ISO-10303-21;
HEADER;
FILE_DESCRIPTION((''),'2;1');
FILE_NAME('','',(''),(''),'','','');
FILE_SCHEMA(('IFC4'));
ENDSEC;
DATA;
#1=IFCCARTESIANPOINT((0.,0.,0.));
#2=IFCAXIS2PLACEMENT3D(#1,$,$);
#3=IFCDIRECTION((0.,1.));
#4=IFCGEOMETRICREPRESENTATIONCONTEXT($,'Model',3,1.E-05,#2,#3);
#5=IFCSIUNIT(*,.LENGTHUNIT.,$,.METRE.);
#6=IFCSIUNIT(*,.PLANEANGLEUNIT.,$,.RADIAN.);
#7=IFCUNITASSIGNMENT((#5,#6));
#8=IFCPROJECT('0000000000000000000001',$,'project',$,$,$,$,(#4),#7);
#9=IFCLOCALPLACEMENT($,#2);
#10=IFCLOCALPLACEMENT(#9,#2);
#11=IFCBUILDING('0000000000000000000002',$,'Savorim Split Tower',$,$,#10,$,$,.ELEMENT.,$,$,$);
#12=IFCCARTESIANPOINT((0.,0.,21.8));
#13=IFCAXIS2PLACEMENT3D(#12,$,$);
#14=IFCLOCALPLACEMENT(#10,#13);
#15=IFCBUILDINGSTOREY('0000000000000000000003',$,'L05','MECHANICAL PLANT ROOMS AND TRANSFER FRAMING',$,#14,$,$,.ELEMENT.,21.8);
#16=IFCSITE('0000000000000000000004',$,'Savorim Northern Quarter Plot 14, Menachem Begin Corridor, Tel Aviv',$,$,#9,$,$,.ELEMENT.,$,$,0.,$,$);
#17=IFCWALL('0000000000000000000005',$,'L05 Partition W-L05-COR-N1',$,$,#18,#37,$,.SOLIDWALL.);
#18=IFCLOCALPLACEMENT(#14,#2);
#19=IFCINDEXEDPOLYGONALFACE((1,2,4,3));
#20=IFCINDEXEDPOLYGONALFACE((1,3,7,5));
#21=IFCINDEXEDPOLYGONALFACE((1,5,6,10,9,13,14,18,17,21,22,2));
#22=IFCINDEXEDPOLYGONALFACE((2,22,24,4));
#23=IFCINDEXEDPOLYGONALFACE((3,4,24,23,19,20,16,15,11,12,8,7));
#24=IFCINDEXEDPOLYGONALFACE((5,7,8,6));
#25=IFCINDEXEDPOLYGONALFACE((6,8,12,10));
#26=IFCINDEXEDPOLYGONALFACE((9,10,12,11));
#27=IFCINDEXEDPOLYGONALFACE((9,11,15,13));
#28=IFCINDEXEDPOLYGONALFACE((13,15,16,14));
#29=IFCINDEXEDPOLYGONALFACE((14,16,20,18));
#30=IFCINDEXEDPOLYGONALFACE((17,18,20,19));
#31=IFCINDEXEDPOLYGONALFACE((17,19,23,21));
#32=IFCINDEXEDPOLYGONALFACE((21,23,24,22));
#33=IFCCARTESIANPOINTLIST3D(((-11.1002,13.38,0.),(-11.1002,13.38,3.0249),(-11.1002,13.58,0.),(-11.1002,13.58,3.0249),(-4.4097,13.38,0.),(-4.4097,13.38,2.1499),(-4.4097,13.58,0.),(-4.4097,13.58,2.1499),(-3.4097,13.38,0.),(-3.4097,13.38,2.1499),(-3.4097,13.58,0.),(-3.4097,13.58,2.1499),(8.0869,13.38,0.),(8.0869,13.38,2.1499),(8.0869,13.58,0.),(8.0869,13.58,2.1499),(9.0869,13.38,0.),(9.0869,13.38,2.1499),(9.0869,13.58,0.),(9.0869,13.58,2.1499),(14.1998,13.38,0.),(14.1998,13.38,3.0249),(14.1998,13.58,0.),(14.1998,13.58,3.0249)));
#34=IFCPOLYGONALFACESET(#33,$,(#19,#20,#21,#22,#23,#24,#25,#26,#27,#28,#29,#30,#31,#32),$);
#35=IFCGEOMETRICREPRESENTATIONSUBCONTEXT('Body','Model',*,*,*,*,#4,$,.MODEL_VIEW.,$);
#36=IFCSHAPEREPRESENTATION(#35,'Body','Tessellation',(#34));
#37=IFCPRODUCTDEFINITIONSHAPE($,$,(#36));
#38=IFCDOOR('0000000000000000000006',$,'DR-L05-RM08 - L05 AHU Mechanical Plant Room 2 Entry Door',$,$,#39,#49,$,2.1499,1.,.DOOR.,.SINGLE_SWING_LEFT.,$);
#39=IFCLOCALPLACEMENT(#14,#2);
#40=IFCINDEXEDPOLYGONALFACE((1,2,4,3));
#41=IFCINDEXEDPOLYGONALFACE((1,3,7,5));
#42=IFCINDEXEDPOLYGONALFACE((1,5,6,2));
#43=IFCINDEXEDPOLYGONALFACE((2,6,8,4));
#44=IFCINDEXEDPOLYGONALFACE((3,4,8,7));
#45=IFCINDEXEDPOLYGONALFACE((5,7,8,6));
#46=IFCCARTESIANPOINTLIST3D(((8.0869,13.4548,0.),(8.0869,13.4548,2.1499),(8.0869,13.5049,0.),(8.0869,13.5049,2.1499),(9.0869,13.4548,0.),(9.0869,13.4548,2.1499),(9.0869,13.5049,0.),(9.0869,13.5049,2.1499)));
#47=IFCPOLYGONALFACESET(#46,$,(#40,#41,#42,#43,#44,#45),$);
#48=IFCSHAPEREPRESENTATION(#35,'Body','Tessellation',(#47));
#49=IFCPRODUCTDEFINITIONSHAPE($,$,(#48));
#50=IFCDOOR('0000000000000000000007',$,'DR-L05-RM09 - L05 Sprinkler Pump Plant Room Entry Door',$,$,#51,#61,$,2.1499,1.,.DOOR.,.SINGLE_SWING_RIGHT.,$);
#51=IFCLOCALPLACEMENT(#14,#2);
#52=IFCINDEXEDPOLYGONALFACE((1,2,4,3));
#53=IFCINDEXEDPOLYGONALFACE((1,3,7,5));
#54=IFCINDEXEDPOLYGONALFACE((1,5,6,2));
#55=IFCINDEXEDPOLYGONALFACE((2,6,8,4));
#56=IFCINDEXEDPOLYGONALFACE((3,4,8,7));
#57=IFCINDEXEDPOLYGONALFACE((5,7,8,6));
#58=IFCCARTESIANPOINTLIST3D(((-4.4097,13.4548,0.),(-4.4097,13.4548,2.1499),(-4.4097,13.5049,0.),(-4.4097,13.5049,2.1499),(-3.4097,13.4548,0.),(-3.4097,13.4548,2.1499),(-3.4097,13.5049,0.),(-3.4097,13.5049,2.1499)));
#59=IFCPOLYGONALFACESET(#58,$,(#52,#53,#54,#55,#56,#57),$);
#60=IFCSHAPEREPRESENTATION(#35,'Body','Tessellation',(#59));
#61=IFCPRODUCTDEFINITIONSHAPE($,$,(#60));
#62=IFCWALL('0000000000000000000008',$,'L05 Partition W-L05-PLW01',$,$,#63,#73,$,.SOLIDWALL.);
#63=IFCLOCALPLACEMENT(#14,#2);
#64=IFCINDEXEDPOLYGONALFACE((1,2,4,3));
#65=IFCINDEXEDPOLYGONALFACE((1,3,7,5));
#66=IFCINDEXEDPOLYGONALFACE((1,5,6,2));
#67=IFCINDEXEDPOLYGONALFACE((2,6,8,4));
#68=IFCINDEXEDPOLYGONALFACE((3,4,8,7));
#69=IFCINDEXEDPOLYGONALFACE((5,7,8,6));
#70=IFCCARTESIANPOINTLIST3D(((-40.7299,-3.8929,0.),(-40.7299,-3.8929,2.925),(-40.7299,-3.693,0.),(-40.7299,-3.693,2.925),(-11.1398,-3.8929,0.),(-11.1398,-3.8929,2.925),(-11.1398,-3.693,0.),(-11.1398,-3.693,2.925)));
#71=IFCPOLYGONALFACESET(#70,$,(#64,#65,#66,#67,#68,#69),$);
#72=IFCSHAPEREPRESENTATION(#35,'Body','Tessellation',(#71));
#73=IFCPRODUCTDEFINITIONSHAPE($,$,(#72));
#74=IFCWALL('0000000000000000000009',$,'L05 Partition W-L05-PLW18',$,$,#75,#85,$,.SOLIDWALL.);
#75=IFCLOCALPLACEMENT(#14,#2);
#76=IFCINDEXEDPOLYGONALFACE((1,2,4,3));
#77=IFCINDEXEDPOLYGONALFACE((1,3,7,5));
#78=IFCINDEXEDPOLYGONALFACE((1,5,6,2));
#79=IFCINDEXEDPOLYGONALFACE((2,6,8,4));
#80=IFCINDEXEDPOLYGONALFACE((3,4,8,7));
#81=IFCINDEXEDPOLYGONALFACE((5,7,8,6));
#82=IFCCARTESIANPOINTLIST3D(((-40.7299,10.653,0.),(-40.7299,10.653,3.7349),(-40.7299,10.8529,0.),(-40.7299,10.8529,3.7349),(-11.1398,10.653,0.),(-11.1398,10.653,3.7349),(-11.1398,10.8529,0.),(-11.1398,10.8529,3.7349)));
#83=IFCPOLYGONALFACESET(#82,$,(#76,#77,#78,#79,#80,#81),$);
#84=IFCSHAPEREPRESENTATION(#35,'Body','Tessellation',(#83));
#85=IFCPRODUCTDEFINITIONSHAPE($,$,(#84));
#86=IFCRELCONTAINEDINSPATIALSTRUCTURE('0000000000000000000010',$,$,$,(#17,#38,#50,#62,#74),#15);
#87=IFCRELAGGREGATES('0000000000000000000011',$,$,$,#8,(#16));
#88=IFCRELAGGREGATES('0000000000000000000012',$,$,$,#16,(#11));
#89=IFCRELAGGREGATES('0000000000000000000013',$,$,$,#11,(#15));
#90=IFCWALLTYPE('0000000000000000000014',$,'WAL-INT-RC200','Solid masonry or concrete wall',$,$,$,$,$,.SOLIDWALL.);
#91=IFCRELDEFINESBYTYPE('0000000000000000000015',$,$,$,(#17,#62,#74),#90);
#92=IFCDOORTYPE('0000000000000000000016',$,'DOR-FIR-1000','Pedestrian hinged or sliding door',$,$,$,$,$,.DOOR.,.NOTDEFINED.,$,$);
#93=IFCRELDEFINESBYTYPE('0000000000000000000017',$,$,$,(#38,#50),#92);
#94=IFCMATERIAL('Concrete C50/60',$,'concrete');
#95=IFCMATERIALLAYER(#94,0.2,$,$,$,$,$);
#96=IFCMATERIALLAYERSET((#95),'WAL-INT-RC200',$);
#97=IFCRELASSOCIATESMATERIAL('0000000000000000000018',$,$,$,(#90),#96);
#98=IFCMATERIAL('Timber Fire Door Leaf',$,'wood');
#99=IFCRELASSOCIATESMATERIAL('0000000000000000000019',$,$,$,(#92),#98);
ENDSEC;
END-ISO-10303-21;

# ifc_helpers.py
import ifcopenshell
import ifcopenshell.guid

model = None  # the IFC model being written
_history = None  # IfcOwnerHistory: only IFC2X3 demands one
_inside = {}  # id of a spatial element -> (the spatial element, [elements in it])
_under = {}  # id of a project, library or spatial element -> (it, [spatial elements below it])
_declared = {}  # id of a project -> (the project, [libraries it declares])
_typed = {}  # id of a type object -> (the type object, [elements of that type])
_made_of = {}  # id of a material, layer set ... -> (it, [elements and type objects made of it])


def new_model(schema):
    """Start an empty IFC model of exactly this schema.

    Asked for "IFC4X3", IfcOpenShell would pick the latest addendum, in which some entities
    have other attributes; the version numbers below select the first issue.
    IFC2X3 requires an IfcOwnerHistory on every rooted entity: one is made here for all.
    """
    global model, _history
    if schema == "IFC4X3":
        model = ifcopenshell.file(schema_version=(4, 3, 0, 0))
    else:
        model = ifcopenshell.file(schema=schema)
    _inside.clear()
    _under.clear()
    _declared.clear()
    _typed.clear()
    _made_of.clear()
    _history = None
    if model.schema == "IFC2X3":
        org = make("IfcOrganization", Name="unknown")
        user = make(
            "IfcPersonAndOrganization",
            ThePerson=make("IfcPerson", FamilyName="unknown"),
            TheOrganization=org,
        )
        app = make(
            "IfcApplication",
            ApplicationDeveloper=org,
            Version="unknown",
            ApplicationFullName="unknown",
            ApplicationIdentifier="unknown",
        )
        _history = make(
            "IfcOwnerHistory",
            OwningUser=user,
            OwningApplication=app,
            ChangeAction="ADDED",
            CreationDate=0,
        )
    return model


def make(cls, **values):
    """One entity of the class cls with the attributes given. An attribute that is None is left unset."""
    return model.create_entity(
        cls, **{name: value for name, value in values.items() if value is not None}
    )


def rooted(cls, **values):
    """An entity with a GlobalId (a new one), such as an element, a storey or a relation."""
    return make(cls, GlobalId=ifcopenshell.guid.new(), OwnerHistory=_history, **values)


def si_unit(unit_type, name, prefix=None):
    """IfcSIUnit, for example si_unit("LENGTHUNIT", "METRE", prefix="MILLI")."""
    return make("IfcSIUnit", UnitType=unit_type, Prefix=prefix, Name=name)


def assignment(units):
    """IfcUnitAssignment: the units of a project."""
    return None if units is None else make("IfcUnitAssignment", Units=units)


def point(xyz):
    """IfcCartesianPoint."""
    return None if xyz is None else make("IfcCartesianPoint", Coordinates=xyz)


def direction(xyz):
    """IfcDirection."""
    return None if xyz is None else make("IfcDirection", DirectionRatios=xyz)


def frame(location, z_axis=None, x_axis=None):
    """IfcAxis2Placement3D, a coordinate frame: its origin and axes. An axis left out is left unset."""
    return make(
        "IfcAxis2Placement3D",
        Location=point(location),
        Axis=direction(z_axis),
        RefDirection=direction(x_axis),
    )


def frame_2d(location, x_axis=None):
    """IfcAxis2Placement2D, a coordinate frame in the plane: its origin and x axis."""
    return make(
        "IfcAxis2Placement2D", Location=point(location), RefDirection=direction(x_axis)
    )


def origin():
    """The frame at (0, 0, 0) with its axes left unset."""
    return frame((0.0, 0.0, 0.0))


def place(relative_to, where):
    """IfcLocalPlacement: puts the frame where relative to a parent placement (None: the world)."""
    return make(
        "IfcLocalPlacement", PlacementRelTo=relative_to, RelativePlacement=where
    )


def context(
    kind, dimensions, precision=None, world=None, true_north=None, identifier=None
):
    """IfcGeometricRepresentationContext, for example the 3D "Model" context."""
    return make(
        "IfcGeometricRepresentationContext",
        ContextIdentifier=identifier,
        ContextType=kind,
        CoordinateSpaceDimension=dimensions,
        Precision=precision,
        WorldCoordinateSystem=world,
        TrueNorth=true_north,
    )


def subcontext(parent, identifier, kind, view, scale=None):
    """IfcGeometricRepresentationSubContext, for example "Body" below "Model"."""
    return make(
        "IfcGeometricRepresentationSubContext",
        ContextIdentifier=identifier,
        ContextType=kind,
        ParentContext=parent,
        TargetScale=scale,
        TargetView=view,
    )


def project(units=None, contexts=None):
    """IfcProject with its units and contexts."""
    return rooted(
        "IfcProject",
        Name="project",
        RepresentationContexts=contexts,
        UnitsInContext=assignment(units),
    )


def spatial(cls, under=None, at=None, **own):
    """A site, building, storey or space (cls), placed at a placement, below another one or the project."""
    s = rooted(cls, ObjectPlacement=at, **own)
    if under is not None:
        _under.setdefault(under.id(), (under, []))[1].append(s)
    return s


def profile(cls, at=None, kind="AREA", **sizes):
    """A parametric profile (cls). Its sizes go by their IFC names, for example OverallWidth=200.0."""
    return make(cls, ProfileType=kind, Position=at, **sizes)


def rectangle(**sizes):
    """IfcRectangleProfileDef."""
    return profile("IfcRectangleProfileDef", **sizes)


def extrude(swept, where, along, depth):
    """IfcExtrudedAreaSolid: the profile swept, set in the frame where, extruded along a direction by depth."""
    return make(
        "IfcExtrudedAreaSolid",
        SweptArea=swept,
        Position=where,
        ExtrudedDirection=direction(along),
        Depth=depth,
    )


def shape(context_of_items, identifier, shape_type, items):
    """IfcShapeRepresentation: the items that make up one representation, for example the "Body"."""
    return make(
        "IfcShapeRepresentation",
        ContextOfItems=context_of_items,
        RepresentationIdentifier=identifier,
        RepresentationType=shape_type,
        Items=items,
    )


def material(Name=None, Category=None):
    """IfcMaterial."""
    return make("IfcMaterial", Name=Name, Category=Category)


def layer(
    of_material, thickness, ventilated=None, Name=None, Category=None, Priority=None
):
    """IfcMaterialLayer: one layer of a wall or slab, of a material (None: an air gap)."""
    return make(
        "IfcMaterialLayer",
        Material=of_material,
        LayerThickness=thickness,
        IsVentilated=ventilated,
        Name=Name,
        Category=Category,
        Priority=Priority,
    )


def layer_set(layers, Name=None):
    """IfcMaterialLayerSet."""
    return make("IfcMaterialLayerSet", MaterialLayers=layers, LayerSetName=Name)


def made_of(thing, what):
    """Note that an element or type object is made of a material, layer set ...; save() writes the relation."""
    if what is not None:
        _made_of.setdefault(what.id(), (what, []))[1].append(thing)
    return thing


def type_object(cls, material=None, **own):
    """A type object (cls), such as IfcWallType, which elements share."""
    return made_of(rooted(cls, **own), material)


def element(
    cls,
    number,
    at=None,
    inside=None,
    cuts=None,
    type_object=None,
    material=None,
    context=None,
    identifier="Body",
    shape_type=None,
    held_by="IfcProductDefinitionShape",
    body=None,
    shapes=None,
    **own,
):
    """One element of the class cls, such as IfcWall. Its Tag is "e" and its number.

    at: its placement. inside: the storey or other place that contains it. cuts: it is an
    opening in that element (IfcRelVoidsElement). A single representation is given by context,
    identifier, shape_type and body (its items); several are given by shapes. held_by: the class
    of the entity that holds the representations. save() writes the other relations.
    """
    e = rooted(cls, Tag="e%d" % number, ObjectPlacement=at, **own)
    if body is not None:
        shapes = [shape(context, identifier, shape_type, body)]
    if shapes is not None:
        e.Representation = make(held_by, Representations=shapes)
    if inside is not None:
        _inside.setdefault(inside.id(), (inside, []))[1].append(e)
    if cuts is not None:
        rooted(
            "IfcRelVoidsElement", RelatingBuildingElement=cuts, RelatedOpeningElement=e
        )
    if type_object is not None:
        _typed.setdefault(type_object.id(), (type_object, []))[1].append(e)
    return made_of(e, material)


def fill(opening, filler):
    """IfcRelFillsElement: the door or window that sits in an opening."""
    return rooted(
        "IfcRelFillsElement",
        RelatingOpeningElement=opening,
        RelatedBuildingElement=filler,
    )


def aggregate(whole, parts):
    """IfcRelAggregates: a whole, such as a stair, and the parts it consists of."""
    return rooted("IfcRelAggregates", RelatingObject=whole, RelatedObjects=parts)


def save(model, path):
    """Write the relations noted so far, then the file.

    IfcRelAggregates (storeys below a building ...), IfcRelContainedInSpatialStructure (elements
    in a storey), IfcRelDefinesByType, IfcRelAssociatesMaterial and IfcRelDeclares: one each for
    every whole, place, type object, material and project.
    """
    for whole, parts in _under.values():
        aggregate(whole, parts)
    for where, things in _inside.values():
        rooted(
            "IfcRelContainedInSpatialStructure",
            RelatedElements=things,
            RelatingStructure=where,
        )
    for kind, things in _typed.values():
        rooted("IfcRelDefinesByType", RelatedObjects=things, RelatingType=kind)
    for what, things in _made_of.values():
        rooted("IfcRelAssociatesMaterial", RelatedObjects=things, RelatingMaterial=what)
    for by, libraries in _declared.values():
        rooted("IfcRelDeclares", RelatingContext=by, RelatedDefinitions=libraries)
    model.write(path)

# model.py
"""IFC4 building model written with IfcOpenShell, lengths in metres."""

from ifc_helpers import new_model, si_unit, direction, frame, frame_2d, origin, place, context, subcontext, project, spatial, rectangle, extrude, material, layer, layer_set, type_object, element, fill, save


model = new_model("IFC4")

# Units and contexts
model_context = context("Model", 3, precision=1e-05, world=origin(), true_north=direction((0.0, 1.0)))
body_context = subcontext(model_context, "Body", "Model", "MODEL_VIEW")
ifc_project = project(units=[si_unit("LENGTHUNIT", "METRE"), si_unit("PLANEANGLEUNIT", "RADIAN")], contexts=[model_context])

# Site, building, storey
site_placement = place(None, origin())
site = spatial("IfcSite", under=ifc_project, at=site_placement, Name="Savorim Northern Quarter Plot 14, Menachem Begin Corridor, Tel Aviv", CompositionType="ELEMENT", RefElevation=0.0)
building_placement = place(site_placement, origin())
building = spatial("IfcBuilding", under=site, at=building_placement, Name="Savorim Split Tower", CompositionType="ELEMENT")
storey_placement = place(building_placement, frame((0.0, 0.0, 21.8)))
storey = spatial("IfcBuildingStorey", under=building, at=storey_placement, Name="L05", Description="MECHANICAL PLANT ROOMS AND TRANSFER FRAMING", CompositionType="ELEMENT", Elevation=21.8)

# Wall, openings, doors
ifc_material_1 = material(Name="Concrete C50/60", Category="concrete")
ifc_layer_1 = layer(ifc_material_1, 0.2)
ifc_layer_set_1 = layer_set([ifc_layer_1], Name="WAL-INT-RC200")
wall_type = type_object("IfcWallType", Name="WAL-INT-RC200", Description="Solid masonry or concrete wall", PredefinedType="SOLIDWALL", material=ifc_layer_set_1)
wall_1_placement = place(storey_placement, frame((-11.1001, 13.48, 0.0), z_axis=(0.0, 0.0, 1.0), x_axis=(1.0, 0.0, 0.0)))
wall_1 = element("IfcWall", 1, at=wall_1_placement, inside=storey, type_object=wall_type, Name="L05 Partition W-L05-COR-N1", PredefinedType="SOLIDWALL", context=body_context, shape_type="SweptSolid", body=[
    extrude(rectangle(XDim=25.3, YDim=0.2, at=frame_2d((12.6499, 0.0))), origin(), (0.0, 0.0, 1.0), 3.0249),
])
opening_1_placement = place(wall_1_placement, frame((19.187, 0.0, 0.0)))
opening_1 = element("IfcOpeningElement", 2, at=opening_1_placement, cuts=wall_1, PredefinedType="OPENING", context=body_context, shape_type="SweptSolid", body=[
    extrude(rectangle(XDim=1.0, YDim=2.1499, at=frame_2d((0.5, 1.075))), frame((0.0, 0.1099, 0.0), z_axis=(0.0, -1.0, 0.0), x_axis=(1.0, 0.0, 0.0)), (0.0, 0.0, 1.0), 0.22),
])
opening_2_placement = place(wall_1_placement, frame((6.6904, 0.0, 0.0)))
opening_2 = element("IfcOpeningElement", 3, at=opening_2_placement, cuts=wall_1, PredefinedType="OPENING", context=body_context, shape_type="SweptSolid", body=[
    extrude(rectangle(XDim=1.0, YDim=2.1499, at=frame_2d((0.5, 1.075))), frame((0.0, 0.1099, 0.0), z_axis=(0.0, -1.0, 0.0), x_axis=(1.0, 0.0, 0.0)), (0.0, 0.0, 1.0), 0.22),
])
ifc_material_2 = material(Name="Timber Fire Door Leaf", Category="wood")
door_type = type_object("IfcDoorType", Name="DOR-FIR-1000", Description="Pedestrian hinged or sliding door", OperationType="NOTDEFINED", PredefinedType="DOOR", material=ifc_material_2)
door_1_placement = place(opening_1_placement, origin())
door_1 = element("IfcDoor", 4, at=door_1_placement, inside=storey, type_object=door_type, Name="DR-L05-RM08 - L05 AHU Mechanical Plant Room 2 Entry Door", OperationType="SINGLE_SWING_LEFT", OverallHeight=2.1499, OverallWidth=1.0, PredefinedType="DOOR", context=body_context, shape_type="SweptSolid", body=[
    extrude(rectangle(XDim=1.0, YDim=2.1499, at=frame_2d((0.5, 1.075))), frame((0.0, 0.0249, 0.0), z_axis=(0.0, -1.0, 0.0), x_axis=(1.0, 0.0, 0.0)), (0.0, 0.0, 1.0), 0.05),
])
fill(opening_1, door_1)
door_2_placement = place(opening_2_placement, origin())
door_2 = element("IfcDoor", 5, at=door_2_placement, inside=storey, type_object=door_type, Name="DR-L05-RM09 - L05 Sprinkler Pump Plant Room Entry Door", OperationType="SINGLE_SWING_RIGHT", OverallHeight=2.1499, OverallWidth=1.0, PredefinedType="DOOR", context=body_context, shape_type="SweptSolid", body=[
    extrude(rectangle(XDim=1.0, YDim=2.1499, at=frame_2d((0.5, 1.075))), frame((0.0, 0.0249, 0.0), z_axis=(0.0, -1.0, 0.0), x_axis=(1.0, 0.0, 0.0)), (0.0, 0.0, 1.0), 0.05),
])
fill(opening_2, door_2)

# Walls
wall_2_placement = place(storey_placement, frame((-11.1399, -3.793, 0.0), z_axis=(0.0, 0.0, 1.0), x_axis=(-1.0, 0.0, 0.0)))
element("IfcWall", 6, at=wall_2_placement, inside=storey, type_object=wall_type, Name="L05 Partition W-L05-PLW01", PredefinedType="SOLIDWALL", context=body_context, shape_type="SweptSolid", body=[
    extrude(rectangle(XDim=29.5901, YDim=0.2, at=frame_2d((14.7949, 0.0))), origin(), (0.0, 0.0, 1.0), 2.925),
])
wall_3_placement = place(storey_placement, frame((-11.1399, 10.7529, 0.0), z_axis=(0.0, 0.0, 1.0), x_axis=(-1.0, 0.0, 0.0)))
element("IfcWall", 7, at=wall_3_placement, inside=storey, type_object=wall_type, Name="L05 Partition W-L05-PLW18", PredefinedType="SOLIDWALL", context=body_context, shape_type="SweptSolid", body=[
    extrude(rectangle(XDim=29.5901, YDim=0.2, at=frame_2d((14.7949, 0.0))), origin(), (0.0, 0.0, 1.0), 3.7349),
])

save(model, "model.ifc")
